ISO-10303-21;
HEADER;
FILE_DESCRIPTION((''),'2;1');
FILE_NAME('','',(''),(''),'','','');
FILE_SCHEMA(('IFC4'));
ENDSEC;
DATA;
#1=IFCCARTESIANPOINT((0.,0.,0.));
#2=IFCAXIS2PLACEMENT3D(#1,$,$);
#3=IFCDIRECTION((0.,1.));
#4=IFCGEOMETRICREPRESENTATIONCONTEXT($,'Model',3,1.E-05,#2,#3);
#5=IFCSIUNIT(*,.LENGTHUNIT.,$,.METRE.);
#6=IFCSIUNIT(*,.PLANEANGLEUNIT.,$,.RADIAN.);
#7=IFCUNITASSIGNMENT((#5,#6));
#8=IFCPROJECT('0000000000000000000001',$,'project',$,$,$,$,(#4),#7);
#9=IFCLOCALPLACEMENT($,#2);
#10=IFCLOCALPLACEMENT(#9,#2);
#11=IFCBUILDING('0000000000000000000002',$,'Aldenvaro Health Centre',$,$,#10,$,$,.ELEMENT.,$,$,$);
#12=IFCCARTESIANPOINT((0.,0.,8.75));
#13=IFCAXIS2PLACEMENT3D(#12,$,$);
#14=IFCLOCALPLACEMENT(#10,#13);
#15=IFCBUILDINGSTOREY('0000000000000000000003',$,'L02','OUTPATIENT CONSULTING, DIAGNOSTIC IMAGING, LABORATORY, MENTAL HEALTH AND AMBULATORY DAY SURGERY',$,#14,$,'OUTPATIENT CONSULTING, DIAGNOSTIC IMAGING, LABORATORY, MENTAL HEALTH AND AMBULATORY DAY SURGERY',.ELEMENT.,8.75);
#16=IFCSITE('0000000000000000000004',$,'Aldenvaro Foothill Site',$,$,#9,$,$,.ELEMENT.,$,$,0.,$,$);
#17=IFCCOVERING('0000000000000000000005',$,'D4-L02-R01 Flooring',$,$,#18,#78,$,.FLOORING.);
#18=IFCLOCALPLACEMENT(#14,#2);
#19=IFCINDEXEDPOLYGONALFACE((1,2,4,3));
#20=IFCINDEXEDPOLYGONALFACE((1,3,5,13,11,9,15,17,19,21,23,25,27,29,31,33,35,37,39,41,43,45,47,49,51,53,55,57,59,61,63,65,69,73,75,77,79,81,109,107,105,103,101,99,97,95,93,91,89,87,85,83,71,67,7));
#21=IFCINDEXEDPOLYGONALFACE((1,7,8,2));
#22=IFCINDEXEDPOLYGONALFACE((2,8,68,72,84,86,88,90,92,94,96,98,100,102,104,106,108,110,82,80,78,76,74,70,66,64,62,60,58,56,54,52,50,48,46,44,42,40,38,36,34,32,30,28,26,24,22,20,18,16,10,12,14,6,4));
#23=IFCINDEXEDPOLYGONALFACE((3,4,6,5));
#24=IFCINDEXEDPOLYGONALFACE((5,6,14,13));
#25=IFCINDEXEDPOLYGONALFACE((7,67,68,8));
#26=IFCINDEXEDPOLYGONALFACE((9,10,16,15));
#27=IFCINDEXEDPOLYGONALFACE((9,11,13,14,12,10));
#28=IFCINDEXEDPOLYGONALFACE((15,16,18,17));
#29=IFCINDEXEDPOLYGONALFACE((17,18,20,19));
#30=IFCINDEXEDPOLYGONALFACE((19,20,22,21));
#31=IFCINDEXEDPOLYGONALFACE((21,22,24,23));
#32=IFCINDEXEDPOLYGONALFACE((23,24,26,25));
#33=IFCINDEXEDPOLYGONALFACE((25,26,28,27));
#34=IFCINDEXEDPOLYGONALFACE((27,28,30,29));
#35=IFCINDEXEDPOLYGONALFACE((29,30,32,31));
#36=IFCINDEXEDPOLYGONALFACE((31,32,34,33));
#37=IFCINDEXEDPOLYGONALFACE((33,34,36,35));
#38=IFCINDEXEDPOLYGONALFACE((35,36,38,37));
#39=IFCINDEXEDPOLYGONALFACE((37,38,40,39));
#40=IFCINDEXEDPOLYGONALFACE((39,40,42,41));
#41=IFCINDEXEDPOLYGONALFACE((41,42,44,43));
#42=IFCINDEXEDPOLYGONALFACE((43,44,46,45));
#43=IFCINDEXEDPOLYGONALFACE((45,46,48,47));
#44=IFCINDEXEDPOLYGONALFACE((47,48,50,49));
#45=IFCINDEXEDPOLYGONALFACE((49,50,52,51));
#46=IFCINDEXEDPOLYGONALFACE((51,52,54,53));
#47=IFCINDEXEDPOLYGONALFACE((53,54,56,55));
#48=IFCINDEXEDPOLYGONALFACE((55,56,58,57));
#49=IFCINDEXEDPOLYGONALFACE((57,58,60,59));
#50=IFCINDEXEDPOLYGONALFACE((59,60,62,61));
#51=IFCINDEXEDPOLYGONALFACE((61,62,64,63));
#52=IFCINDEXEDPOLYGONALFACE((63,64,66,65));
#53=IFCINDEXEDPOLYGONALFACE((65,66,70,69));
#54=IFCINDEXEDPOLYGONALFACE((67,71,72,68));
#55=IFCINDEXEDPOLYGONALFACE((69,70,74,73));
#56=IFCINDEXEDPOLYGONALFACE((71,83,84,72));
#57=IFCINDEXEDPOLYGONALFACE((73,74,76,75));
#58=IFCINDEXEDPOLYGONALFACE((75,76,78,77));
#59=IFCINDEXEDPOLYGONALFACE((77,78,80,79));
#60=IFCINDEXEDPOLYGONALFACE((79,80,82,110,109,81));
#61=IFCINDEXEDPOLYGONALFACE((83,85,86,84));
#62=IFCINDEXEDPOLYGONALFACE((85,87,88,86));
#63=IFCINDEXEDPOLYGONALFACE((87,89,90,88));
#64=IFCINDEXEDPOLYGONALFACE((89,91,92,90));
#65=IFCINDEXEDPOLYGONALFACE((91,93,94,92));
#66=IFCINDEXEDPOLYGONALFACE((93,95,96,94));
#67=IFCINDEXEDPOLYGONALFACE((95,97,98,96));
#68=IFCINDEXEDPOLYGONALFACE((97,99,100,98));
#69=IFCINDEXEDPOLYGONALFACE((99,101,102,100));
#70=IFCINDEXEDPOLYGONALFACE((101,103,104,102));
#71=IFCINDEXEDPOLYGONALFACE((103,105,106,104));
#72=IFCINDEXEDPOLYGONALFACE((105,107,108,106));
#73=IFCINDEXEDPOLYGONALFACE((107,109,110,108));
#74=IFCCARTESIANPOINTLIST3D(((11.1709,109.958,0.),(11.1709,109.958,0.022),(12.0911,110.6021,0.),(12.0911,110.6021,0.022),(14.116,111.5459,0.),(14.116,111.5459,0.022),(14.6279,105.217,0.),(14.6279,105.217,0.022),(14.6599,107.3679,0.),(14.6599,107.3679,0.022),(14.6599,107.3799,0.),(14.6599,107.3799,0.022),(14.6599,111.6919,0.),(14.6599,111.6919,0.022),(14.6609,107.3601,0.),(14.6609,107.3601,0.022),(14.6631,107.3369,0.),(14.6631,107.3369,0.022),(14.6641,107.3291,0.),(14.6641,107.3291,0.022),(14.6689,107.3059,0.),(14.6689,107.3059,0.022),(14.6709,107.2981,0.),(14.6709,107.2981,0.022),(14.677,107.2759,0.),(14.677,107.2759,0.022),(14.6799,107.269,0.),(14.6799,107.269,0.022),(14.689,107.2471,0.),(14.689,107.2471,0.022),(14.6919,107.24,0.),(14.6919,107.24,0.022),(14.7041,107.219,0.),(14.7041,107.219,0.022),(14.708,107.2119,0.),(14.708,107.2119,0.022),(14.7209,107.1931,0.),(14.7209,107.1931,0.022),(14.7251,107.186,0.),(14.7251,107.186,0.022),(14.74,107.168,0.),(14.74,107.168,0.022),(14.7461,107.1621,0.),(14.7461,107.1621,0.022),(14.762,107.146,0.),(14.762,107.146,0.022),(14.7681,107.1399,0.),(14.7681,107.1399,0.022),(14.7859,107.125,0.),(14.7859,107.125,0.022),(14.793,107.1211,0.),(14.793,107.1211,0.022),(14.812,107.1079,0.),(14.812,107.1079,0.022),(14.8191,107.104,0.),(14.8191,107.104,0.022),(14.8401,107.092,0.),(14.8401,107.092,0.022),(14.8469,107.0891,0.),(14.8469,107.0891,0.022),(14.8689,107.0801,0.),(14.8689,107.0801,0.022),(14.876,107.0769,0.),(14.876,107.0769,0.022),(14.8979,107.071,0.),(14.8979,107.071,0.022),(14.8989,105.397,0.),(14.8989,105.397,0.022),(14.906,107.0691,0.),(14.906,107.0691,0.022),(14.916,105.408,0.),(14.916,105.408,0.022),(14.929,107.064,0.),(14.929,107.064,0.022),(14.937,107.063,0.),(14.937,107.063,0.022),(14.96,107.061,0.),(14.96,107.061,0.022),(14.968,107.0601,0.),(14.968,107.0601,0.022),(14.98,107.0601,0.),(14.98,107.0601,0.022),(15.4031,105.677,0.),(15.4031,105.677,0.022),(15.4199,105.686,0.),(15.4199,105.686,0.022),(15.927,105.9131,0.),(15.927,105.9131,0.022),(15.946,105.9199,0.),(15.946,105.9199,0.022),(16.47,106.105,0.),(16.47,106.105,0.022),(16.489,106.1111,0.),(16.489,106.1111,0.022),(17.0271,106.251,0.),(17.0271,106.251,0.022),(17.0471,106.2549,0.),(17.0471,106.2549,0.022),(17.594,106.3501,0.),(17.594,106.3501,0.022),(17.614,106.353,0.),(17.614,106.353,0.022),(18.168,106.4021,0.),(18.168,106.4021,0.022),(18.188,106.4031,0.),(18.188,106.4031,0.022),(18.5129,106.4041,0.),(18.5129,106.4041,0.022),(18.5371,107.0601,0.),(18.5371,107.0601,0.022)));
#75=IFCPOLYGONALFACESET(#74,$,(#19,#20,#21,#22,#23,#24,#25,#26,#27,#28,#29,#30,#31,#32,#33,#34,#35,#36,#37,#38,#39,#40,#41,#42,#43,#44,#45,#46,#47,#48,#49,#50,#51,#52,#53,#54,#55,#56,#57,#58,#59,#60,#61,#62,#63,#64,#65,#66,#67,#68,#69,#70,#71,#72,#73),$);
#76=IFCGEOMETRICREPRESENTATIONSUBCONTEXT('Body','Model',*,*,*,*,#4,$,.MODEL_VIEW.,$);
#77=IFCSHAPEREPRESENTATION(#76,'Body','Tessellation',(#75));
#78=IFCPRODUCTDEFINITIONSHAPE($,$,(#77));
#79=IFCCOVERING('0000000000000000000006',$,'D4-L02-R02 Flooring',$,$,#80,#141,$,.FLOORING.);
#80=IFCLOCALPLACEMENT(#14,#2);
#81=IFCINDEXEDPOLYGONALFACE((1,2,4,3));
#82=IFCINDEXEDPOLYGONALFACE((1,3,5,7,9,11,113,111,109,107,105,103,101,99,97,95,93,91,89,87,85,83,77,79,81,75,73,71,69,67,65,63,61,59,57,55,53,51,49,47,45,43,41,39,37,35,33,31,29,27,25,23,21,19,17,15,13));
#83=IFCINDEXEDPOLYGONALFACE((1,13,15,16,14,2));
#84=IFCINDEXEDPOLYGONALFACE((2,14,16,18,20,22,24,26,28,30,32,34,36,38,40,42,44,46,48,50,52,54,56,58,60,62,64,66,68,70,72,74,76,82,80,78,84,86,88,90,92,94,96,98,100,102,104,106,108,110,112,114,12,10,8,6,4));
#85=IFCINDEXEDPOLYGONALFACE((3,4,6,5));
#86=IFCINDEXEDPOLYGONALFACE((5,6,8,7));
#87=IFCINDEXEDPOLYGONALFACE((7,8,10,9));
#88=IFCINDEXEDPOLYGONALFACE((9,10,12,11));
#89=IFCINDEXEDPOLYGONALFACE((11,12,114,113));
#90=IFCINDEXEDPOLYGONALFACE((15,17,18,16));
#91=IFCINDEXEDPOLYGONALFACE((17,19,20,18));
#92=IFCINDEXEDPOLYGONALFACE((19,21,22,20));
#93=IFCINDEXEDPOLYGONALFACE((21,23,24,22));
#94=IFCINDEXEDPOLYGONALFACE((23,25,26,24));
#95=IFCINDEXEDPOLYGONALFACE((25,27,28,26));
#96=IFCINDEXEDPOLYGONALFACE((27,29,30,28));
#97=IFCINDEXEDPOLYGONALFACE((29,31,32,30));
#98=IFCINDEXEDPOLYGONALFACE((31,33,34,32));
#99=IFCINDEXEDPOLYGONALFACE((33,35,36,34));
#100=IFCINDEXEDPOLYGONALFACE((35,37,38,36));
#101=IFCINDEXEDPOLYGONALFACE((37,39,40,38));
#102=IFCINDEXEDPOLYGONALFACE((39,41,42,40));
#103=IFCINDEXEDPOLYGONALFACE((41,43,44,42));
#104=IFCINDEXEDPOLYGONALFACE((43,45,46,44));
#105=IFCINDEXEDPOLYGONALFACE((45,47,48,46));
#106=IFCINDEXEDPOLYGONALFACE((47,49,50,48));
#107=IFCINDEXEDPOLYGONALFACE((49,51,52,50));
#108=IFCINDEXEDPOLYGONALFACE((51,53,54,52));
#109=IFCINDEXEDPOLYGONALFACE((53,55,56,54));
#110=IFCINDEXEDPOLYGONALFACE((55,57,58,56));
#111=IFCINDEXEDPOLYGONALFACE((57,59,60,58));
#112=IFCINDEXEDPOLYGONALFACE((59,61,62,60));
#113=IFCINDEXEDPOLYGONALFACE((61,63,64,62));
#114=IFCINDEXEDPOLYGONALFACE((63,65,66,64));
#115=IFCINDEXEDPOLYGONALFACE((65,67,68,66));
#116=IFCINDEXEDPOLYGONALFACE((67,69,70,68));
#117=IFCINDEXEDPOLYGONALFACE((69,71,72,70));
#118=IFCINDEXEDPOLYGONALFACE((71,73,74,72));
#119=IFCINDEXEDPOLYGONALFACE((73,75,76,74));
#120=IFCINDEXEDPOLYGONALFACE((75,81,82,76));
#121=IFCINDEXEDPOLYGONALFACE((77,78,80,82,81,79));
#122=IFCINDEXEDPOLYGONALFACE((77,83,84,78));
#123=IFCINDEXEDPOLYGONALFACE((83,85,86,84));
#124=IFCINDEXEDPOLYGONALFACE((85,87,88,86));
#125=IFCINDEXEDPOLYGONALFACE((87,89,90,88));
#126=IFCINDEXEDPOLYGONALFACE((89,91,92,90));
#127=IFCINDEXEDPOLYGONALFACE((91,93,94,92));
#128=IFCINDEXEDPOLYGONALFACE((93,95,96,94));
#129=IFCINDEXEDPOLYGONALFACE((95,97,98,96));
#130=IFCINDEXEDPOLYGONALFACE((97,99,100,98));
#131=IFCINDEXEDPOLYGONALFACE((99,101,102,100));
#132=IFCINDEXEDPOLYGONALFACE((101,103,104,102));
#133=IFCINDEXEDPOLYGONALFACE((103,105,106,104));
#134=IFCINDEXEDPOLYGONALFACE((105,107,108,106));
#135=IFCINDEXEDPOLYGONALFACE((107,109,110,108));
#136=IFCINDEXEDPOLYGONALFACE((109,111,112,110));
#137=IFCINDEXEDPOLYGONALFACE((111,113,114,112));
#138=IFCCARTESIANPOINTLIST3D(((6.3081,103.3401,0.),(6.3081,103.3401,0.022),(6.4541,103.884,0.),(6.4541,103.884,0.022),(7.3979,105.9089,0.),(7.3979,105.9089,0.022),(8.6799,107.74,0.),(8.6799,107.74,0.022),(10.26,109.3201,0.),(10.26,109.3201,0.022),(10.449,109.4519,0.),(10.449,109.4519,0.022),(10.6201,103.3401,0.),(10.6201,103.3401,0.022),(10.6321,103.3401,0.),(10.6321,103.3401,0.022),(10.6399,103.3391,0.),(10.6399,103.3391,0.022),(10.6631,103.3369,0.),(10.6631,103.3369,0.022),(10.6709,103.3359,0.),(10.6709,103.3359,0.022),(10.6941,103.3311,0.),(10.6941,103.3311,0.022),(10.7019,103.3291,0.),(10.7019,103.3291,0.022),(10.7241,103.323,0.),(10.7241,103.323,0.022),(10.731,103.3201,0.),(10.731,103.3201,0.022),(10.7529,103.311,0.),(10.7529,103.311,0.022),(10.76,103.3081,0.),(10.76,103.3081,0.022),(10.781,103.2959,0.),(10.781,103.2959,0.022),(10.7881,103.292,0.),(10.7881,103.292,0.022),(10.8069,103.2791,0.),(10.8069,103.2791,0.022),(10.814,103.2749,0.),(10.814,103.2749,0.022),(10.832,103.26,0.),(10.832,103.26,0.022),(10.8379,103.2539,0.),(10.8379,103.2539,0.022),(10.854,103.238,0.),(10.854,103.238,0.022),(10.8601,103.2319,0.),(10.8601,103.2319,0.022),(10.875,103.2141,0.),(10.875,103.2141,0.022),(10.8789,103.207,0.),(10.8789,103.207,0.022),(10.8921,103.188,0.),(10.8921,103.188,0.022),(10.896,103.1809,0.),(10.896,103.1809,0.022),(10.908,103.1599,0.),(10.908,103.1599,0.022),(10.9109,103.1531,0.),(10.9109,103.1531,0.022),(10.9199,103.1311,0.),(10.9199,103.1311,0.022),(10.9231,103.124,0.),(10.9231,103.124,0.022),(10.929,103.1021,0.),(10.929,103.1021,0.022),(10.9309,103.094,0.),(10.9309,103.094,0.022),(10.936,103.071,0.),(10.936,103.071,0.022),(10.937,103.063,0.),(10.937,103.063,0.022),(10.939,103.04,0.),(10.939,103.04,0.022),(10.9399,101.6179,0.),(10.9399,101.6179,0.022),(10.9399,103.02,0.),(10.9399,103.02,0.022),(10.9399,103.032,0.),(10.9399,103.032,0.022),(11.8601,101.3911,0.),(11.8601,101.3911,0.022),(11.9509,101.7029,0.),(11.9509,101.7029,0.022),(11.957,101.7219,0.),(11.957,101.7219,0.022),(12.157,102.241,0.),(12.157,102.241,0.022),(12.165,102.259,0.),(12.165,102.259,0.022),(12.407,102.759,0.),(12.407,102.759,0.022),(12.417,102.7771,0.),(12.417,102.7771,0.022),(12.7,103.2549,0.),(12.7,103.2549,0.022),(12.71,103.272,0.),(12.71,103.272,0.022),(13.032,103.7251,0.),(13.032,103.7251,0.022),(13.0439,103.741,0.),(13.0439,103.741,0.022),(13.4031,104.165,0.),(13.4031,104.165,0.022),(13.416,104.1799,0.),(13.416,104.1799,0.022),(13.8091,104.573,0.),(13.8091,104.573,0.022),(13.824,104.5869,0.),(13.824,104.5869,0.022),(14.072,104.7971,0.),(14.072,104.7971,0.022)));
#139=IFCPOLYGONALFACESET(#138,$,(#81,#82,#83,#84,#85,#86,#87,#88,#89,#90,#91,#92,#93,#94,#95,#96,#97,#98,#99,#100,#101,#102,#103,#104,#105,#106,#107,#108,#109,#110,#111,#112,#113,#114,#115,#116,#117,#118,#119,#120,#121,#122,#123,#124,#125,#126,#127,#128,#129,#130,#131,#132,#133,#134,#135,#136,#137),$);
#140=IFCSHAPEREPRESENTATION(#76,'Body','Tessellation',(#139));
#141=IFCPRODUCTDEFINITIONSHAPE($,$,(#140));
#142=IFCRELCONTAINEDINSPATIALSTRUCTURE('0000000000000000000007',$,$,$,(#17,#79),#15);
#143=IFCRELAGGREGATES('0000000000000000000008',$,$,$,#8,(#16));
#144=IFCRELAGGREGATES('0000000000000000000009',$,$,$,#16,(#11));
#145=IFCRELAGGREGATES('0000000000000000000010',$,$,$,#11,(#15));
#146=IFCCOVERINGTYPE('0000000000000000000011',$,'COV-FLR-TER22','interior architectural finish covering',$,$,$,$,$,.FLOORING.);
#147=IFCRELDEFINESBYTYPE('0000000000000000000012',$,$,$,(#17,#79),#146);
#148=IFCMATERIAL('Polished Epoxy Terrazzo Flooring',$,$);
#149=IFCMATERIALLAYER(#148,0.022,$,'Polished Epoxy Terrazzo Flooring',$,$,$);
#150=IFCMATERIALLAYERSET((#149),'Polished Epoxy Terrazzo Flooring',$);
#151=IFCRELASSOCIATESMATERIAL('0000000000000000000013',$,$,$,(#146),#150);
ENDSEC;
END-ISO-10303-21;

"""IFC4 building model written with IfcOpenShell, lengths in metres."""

from ifc_helpers import new_model, si_unit, direction, frame, origin, place, context, subcontext, project, spatial, polyline, outline, extrude, material, layer, layer_set, type_object, element, save


model = new_model("IFC4")

# Units and contexts
model_context = context("Model", 3, precision=1e-05, world=origin(), true_north=direction((0.0, 1.0)))
body_context = subcontext(model_context, "Body", "Model", "MODEL_VIEW")
ifc_project = project(units=[si_unit("LENGTHUNIT", "METRE"), si_unit("PLANEANGLEUNIT", "RADIAN")], contexts=[model_context])

# Site, building, storey
site_placement = place(None, origin())
site = spatial("IfcSite", under=ifc_project, at=site_placement, Name="Aldenvaro Foothill Site", CompositionType="ELEMENT", RefElevation=0.0)
building_placement = place(site_placement, origin())
building = spatial("IfcBuilding", under=site, at=building_placement, Name="Aldenvaro Health Centre", CompositionType="ELEMENT")
storey_placement = place(building_placement, frame((0.0, 0.0, 8.75)))
storey = spatial("IfcBuildingStorey", under=building, at=storey_placement, Name="L02", Description="OUTPATIENT CONSULTING, DIAGNOSTIC IMAGING, LABORATORY, MENTAL HEALTH AND AMBULATORY DAY SURGERY", LongName="OUTPATIENT CONSULTING, DIAGNOSTIC IMAGING, LABORATORY, MENTAL HEALTH AND AMBULATORY DAY SURGERY", CompositionType="ELEMENT", Elevation=8.75)

# Coverings
ifc_material_1 = material(Name="Polished Epoxy Terrazzo Flooring")
ifc_layer_1 = layer(ifc_material_1, 0.022, Name="Polished Epoxy Terrazzo Flooring")
ifc_layer_set_1 = layer_set([ifc_layer_1], Name="Polished Epoxy Terrazzo Flooring")
covering_type_1 = type_object("IfcCoveringType", Name="COV-FLR-TER22", Description="interior architectural finish covering", PredefinedType="FLOORING", material=ifc_layer_set_1)
covering_1_placement = place(storey_placement, origin())
element("IfcCovering", 1, at=covering_1_placement, inside=storey, type_object=covering_type_1, Name="D4-L02-R01 Flooring", PredefinedType="FLOORING", context=body_context, shape_type="SweptSolid", body=[
    extrude(outline(polyline([(18.188, 106.4031), (18.168, 106.4021), (17.614, 106.353), (17.594, 106.3501), (17.0471, 106.2549), (17.0271, 106.251), (16.489, 106.1111), (16.47, 106.105), (15.946, 105.9199), (15.927, 105.9131), (15.4199, 105.686), (15.4031, 105.677), (14.916, 105.408), (14.8989, 105.397), (14.6279, 105.217), (11.1709, 109.958), (12.0911, 110.6021), (14.116, 111.5459), (14.6599, 111.6919), (14.6599, 107.3799), (14.6599, 107.3679), (14.6609, 107.3601), (14.6631, 107.3369), (14.6641, 107.3291), (14.6689, 107.3059), (14.6709, 107.2981), (14.677, 107.2759), (14.6799, 107.269), (14.689, 107.2471), (14.6919, 107.24), (14.7041, 107.219), (14.708, 107.2119), (14.7209, 107.1931), (14.7251, 107.186), (14.74, 107.168), (14.7461, 107.1621), (14.762, 107.146), (14.7681, 107.1399), (14.7859, 107.125), (14.793, 107.1211), (14.812, 107.1079), (14.8191, 107.104), (14.8401, 107.092), (14.8469, 107.0891), (14.8689, 107.0801), (14.876, 107.0769), (14.8979, 107.071), (14.906, 107.0691), (14.929, 107.064), (14.937, 107.063), (14.96, 107.061), (14.968, 107.0601), (14.98, 107.0601), (18.5371, 107.0601), (18.5129, 106.4041), (18.188, 106.4031)])), origin(), (0.0, 0.0, 1.0), 0.022),
])
covering_2_placement = place(storey_placement, origin())
element("IfcCovering", 2, at=covering_2_placement, inside=storey, type_object=covering_type_1, Name="D4-L02-R02 Flooring", PredefinedType="FLOORING", context=body_context, shape_type="SweptSolid", body=[
    extrude(outline(polyline([(13.824, 104.5869), (13.8091, 104.573), (13.416, 104.1799), (13.4031, 104.165), (13.0439, 103.741), (13.032, 103.7251), (12.71, 103.272), (12.7, 103.2549), (12.417, 102.7771), (12.407, 102.759), (12.165, 102.259), (12.157, 102.241), (11.957, 101.7219), (11.9509, 101.7029), (11.8601, 101.3911), (10.9399, 101.6179), (10.9399, 103.02), (10.9399, 103.032), (10.939, 103.04), (10.937, 103.063), (10.936, 103.071), (10.9309, 103.094), (10.929, 103.1021), (10.9231, 103.124), (10.9199, 103.1311), (10.9109, 103.1531), (10.908, 103.1599), (10.896, 103.1809), (10.8921, 103.188), (10.8789, 103.207), (10.875, 103.2141), (10.8601, 103.2319), (10.854, 103.238), (10.8379, 103.2539), (10.832, 103.26), (10.814, 103.2749), (10.8069, 103.2791), (10.7881, 103.292), (10.781, 103.2959), (10.76, 103.3081), (10.7529, 103.311), (10.731, 103.3201), (10.7241, 103.323), (10.7019, 103.3291), (10.6941, 103.3311), (10.6709, 103.3359), (10.6631, 103.3369), (10.6399, 103.3391), (10.6321, 103.3401), (10.6201, 103.3401), (6.3081, 103.3401), (6.4541, 103.884), (7.3979, 105.9089), (8.6799, 107.74), (10.26, 109.3201), (10.449, 109.4519), (14.072, 104.7971), (13.824, 104.5869)])), origin(), (0.0, 0.0, 1.0), 0.022),
])

save(model, "model.ifc")
